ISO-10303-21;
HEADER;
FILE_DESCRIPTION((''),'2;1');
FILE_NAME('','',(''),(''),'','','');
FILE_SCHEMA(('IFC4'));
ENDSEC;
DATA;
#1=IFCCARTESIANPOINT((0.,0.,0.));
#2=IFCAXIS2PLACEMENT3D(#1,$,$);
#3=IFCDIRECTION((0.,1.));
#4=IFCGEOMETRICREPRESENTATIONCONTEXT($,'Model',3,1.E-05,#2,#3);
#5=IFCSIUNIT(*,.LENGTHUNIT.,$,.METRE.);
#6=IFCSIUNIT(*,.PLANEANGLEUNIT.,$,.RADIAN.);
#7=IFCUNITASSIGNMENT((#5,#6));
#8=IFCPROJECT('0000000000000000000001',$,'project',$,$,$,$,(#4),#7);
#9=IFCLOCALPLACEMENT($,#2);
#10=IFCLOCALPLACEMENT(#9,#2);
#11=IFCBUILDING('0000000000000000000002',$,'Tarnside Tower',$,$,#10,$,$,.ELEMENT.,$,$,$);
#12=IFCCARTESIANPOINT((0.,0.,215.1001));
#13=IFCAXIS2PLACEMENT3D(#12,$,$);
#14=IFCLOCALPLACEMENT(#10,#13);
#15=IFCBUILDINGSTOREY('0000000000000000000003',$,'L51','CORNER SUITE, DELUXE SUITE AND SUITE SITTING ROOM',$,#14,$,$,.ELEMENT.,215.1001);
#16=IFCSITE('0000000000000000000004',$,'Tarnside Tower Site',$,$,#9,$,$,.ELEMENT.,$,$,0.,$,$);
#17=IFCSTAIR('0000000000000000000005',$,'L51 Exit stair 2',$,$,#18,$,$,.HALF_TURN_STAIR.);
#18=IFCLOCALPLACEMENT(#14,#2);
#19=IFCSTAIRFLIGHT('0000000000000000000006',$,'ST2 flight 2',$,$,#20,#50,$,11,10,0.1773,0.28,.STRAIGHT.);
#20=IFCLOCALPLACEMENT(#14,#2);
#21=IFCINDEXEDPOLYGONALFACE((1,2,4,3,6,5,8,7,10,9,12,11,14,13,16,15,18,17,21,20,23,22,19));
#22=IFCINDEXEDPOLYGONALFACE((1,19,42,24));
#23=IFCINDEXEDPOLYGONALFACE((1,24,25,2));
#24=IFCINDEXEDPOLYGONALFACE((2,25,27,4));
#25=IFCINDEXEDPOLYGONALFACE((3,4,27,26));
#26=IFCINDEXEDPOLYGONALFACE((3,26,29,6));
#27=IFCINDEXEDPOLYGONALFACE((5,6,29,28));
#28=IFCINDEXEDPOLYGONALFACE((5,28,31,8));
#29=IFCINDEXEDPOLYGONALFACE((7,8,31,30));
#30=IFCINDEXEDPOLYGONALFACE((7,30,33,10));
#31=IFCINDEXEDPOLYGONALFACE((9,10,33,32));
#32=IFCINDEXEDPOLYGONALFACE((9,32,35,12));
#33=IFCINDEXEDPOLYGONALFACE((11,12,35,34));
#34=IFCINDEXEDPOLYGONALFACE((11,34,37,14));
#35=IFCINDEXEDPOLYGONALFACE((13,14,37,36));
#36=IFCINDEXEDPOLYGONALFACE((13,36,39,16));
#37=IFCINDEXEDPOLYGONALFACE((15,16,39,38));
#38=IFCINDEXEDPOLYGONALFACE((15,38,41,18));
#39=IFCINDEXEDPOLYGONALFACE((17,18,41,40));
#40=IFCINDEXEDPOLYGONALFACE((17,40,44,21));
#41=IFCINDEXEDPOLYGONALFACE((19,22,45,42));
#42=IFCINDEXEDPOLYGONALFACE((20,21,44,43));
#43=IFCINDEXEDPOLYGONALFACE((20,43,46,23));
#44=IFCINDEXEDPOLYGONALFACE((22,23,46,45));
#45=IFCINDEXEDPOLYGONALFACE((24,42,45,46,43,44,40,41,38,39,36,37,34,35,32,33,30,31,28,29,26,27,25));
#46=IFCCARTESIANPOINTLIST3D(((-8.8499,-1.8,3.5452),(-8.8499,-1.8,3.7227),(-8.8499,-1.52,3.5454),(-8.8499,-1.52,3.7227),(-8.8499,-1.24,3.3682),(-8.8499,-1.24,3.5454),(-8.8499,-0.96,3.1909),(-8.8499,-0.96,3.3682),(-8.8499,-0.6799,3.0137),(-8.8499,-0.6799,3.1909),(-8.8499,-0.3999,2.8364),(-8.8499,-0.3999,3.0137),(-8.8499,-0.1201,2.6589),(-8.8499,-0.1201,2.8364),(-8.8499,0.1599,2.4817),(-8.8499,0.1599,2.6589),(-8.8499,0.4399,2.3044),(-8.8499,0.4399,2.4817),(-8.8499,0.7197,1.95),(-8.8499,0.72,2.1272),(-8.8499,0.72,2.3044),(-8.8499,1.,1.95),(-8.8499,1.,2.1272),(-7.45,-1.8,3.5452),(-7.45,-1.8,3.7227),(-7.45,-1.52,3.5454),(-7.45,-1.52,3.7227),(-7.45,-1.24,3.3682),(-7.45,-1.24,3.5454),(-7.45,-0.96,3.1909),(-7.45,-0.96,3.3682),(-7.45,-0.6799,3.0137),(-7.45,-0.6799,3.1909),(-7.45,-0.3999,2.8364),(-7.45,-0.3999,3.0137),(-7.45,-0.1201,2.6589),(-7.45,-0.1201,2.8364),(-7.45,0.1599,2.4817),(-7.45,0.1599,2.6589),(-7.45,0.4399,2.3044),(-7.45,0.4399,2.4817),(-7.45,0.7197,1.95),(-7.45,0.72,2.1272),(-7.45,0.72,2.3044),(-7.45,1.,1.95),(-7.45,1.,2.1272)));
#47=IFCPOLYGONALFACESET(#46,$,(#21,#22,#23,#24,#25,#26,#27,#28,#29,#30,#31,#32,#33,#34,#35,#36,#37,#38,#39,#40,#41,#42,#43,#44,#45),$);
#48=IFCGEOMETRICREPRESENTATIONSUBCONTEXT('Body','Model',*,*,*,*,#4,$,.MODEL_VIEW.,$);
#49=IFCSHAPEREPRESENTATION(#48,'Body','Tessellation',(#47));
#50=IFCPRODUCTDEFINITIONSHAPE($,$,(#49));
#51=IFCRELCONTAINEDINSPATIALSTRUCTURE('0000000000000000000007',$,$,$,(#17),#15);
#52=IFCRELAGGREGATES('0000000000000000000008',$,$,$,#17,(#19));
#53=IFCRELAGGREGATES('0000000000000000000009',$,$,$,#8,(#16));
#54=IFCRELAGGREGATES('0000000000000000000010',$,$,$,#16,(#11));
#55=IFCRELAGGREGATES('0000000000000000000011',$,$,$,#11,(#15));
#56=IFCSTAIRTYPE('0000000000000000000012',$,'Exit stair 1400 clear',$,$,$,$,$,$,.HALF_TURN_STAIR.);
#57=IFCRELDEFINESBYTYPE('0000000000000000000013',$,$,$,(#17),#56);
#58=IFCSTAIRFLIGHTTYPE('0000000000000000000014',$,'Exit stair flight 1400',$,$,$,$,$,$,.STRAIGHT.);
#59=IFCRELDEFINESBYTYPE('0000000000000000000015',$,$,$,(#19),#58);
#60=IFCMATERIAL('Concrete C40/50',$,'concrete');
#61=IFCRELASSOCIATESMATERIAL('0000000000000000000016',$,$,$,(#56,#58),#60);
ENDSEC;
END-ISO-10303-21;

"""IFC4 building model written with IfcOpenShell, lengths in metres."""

from ifc_helpers import new_model, si_unit, direction, frame, origin, place, context, subcontext, project, spatial, polyline, outline, extrude, material, type_object, element, aggregate, save


model = new_model("IFC4")

# Units and contexts
model_context = context("Model", 3, precision=1e-05, world=origin(), true_north=direction((0.0, 1.0)))
body_context = subcontext(model_context, "Body", "Model", "MODEL_VIEW")
ifc_project = project(units=[si_unit("LENGTHUNIT", "METRE"), si_unit("PLANEANGLEUNIT", "RADIAN")], contexts=[model_context])

# Site, building, storey
site_placement = place(None, origin())
site = spatial("IfcSite", under=ifc_project, at=site_placement, Name="Tarnside Tower Site", CompositionType="ELEMENT", RefElevation=0.0)
building_placement = place(site_placement, origin())
building = spatial("IfcBuilding", under=site, at=building_placement, Name="Tarnside Tower", CompositionType="ELEMENT")
storey_placement = place(building_placement, frame((0.0, 0.0, 215.1001)))
storey = spatial("IfcBuildingStorey", under=building, at=storey_placement, Name="L51", Description="CORNER SUITE, DELUXE SUITE AND SUITE SITTING ROOM", CompositionType="ELEMENT", Elevation=215.1001)

# Shared definitions
ifc_material_1 = material(Name="Concrete C40/50", Category="concrete")

# Stair
stair_type = type_object("IfcStairType", Name="Exit stair 1400 clear", PredefinedType="HALF_TURN_STAIR", material=ifc_material_1)
stair_1_placement = place(storey_placement, origin())
stair_1 = element("IfcStair", 1, at=stair_1_placement, inside=storey, type_object=stair_type, Name="L51 Exit stair 2", PredefinedType="HALF_TURN_STAIR")

# Stair flight
stair_flight_type = type_object("IfcStairFlightType", Name="Exit stair flight 1400", PredefinedType="STRAIGHT", material=ifc_material_1)
stair_flight_placement = place(storey_placement, frame((-8.1499, 1.0, 1.95), z_axis=(0.0, 0.0, 1.0), x_axis=(0.0, -1.0, 0.0)))
stair_flight = element("IfcStairFlight", 2, at=stair_flight_placement, type_object=stair_flight_type, Name="ST2 flight 2", NumberOfRisers=11, NumberOfTreads=10, PredefinedType="STRAIGHT", RiserHeight=0.1773, TreadLength=0.28, context=body_context, shape_type="SweptSolid", body=[
    extrude(outline(polyline([(0.0, 0.0), (0.0, 0.1772), (0.28, 0.1772), (0.28, 0.3545), (0.5601, 0.3545), (0.5601, 0.5317), (0.8401, 0.5317), (0.8401, 0.709), (1.1201, 0.709), (1.1201, 0.8865), (1.3999, 0.8865), (1.3999, 1.0637), (1.6799, 1.0637), (1.6799, 1.241), (1.96, 1.241), (1.96, 1.4182), (2.24, 1.4182), (2.24, 1.5955), (2.52, 1.5955), (2.52, 1.7727), (2.8, 1.7727), (2.8, 1.95), (2.8, 1.5952), (0.2803, 0.0), (0.0, 0.0)])), frame((0.0, 0.7, 0.0), z_axis=(0.0, -1.0, 0.0), x_axis=(1.0, 0.0, 0.0)), (0.0, 0.0, 1.0), 1.3999),
])
aggregate(stair_1, [stair_flight])

save(model, "model.ifc")
